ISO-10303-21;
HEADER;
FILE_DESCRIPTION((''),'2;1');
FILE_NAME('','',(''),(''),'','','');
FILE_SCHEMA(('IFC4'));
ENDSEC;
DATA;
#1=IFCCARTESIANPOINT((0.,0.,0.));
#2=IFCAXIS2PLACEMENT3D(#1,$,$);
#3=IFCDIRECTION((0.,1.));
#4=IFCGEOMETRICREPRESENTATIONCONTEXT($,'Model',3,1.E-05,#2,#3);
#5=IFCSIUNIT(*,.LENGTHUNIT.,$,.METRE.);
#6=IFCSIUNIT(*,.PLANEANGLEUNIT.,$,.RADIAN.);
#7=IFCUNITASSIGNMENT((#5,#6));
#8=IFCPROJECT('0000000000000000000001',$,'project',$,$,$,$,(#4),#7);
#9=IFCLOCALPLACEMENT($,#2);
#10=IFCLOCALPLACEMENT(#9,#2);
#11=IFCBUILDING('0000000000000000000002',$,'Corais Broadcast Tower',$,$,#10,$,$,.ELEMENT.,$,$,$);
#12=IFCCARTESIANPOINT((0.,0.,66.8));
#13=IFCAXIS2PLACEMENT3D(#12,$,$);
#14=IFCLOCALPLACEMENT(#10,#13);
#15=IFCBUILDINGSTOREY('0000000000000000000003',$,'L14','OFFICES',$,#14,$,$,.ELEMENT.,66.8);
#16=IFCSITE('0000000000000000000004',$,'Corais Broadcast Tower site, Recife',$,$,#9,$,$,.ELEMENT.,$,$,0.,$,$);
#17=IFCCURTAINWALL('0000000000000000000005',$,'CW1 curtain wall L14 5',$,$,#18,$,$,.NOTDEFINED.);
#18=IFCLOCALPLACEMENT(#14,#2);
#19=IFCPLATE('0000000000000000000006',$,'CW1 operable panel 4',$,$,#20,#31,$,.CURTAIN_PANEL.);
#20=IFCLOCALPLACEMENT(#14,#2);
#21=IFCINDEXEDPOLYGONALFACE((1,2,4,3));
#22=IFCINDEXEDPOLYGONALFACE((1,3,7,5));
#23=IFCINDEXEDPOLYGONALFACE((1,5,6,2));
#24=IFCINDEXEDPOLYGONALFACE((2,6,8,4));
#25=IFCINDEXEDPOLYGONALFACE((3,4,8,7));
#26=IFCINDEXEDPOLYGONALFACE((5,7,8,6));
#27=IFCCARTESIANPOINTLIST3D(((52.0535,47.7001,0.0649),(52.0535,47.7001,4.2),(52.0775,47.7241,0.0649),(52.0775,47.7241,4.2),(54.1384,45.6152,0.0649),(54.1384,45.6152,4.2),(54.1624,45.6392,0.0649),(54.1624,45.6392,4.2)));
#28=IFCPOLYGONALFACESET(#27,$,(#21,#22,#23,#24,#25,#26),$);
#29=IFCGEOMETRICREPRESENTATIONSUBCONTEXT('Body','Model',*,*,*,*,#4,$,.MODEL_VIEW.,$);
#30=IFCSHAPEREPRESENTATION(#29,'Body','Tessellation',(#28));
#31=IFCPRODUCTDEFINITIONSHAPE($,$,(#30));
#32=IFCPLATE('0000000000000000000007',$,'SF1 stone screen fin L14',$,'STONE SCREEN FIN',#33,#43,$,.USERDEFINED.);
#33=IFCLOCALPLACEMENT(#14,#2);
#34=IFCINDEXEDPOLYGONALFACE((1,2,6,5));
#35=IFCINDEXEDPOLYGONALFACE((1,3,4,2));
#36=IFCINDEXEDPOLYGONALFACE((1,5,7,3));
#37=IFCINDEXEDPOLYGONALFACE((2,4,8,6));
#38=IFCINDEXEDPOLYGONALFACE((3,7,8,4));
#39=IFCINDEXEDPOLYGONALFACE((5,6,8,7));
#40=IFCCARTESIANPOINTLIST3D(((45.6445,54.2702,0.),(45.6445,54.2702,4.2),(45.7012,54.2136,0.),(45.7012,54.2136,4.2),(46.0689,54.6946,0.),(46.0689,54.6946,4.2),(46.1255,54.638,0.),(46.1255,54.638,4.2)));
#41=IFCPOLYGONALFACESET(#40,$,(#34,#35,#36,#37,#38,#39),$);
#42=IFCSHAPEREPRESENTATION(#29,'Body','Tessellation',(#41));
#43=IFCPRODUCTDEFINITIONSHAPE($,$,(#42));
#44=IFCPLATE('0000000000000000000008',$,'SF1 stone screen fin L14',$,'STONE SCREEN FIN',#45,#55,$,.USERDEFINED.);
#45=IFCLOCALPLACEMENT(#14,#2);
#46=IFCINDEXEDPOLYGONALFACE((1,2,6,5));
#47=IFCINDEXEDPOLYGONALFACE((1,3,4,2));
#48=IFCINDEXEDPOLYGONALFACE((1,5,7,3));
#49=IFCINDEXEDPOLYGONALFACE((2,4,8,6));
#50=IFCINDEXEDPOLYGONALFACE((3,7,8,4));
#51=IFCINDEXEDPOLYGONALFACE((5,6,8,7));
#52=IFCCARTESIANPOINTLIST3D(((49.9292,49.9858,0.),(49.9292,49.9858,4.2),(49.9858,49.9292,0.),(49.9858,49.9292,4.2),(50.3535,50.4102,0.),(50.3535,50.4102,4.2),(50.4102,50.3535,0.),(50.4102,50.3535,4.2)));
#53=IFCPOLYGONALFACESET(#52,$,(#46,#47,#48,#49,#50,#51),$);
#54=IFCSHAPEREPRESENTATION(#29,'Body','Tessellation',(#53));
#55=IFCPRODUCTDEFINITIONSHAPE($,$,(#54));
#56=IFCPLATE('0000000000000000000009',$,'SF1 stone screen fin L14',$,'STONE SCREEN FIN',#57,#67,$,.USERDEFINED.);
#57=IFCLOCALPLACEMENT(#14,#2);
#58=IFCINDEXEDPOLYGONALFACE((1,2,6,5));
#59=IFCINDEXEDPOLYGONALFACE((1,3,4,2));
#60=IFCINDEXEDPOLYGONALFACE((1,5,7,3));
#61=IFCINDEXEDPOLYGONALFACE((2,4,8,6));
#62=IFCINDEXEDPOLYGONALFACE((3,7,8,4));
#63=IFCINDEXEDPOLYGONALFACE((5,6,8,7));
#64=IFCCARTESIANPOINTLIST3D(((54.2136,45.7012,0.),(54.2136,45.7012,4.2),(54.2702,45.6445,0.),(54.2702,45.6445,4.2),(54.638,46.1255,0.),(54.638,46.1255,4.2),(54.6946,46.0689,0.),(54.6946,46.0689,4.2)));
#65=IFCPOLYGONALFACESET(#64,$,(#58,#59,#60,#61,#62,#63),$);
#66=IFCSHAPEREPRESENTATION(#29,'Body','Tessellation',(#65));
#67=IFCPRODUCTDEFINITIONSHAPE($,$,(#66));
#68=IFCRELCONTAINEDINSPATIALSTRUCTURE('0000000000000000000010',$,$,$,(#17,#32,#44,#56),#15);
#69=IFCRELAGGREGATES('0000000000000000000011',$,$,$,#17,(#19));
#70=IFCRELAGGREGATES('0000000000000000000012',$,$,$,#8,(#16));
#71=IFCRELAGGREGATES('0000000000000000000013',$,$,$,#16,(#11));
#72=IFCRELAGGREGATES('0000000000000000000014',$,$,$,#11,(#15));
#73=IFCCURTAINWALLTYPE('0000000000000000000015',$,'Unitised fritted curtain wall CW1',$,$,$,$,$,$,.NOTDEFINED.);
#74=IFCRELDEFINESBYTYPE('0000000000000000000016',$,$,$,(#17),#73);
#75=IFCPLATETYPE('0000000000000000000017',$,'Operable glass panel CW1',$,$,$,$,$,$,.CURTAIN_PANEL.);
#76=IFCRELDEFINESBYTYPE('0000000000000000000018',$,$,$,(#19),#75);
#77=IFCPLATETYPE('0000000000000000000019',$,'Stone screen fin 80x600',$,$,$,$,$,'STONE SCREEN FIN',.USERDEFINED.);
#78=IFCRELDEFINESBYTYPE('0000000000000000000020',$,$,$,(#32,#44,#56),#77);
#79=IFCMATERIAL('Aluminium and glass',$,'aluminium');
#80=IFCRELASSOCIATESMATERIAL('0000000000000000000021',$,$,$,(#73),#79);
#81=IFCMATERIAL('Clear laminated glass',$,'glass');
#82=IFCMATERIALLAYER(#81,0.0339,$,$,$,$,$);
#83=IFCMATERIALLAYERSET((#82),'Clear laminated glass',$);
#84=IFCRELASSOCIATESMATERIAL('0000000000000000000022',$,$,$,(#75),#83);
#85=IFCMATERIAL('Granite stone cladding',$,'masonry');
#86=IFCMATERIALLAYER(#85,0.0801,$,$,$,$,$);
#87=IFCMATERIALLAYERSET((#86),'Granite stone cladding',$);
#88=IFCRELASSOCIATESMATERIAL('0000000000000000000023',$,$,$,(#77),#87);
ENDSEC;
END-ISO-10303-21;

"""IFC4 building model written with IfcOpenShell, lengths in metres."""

from ifc_helpers import new_model, si_unit, direction, frame, origin, origin_2d, place, context, subcontext, project, spatial, rectangle, extrude, material, layer, layer_set, type_object, element, aggregate, save


model = new_model("IFC4")

# Units and contexts
model_context = context("Model", 3, precision=1e-05, world=origin(), true_north=direction((0.0, 1.0)))
body_context = subcontext(model_context, "Body", "Model", "MODEL_VIEW")
ifc_project = project(units=[si_unit("LENGTHUNIT", "METRE"), si_unit("PLANEANGLEUNIT", "RADIAN")], contexts=[model_context])

# Site, building, storey
site_placement = place(None, origin())
site = spatial("IfcSite", under=ifc_project, at=site_placement, Name="Corais Broadcast Tower site, Recife", CompositionType="ELEMENT", RefElevation=0.0)
building_placement = place(site_placement, origin())
building = spatial("IfcBuilding", under=site, at=building_placement, Name="Corais Broadcast Tower", CompositionType="ELEMENT")
storey_placement = place(building_placement, frame((0.0, 0.0, 66.8)))
storey = spatial("IfcBuildingStorey", under=building, at=storey_placement, Name="L14", Description="OFFICES", CompositionType="ELEMENT", Elevation=66.8)

# Shared definitions
ifc_material_1 = material(Name="Aluminium and glass", Category="aluminium")
curtain_wall_type = type_object("IfcCurtainWallType", Name="Unitised fritted curtain wall CW1", PredefinedType="NOTDEFINED", material=ifc_material_1)

# Curtain wall
curtain_wall_1_placement = place(storey_placement, origin())
curtain_wall_1 = element("IfcCurtainWall", 1, at=curtain_wall_1_placement, inside=storey, type_object=curtain_wall_type, Name="CW1 curtain wall L14 5", PredefinedType="NOTDEFINED")

# Plate
ifc_material_2 = material(Name="Clear laminated glass", Category="glass")
ifc_layer_1 = layer(ifc_material_2, 0.0339)
ifc_layer_set_1 = layer_set([ifc_layer_1], Name="Clear laminated glass")
plate_type_1 = type_object("IfcPlateType", Name="Operable glass panel CW1", PredefinedType="CURTAIN_PANEL", material=ifc_layer_set_1)
plate_1_placement = place(storey_placement, frame((53.1079, 46.6697, 0.0649), z_axis=(0.0, 0.0, 1.0), x_axis=(0.707107, -0.707107, 0.0)))
plate_1 = element("IfcPlate", 2, at=plate_1_placement, type_object=plate_type_1, Name="CW1 operable panel 4", PredefinedType="CURTAIN_PANEL", context=body_context, shape_type="SweptSolid", body=[
    extrude(rectangle(XDim=2.9485, YDim=0.0339, at=origin_2d()), origin(), (0.0, 0.0, 1.0), 4.135),
])
aggregate(curtain_wall_1, [plate_1])

# Plates
ifc_material_3 = material(Name="Granite stone cladding", Category="masonry")
ifc_layer_2 = layer(ifc_material_3, 0.0801)
ifc_layer_set_2 = layer_set([ifc_layer_2], Name="Granite stone cladding")
plate_type_2 = type_object("IfcPlateType", Name="Stone screen fin 80x600", ElementType="STONE SCREEN FIN", PredefinedType="USERDEFINED", material=ifc_layer_set_2)
for number, where, z_axis, x_axis, name in (
    (3, (45.885, 54.4541, 0.0), (0.0, 0.0, 1.0), (0.707107, -0.707107, 0.0), "SF1 stone screen fin L14"),
    (4, (50.1697, 50.1697, 0.0), (0.0, 0.0, 1.0), (0.707107, -0.707107, 0.0), "SF1 stone screen fin L14"),
    (5, (54.4541, 45.885, 0.0), (0.0, 0.0, 1.0), (0.707107, -0.707107, 0.0), "SF1 stone screen fin L14"),
):
    element("IfcPlate", number, at=place(storey_placement, frame(where, z_axis=z_axis, x_axis=x_axis)), inside=storey, type_object=plate_type_2, Name=name, ObjectType="STONE SCREEN FIN", PredefinedType="USERDEFINED", context=body_context, shape_type="SweptSolid", body=[
        extrude(rectangle(XDim=0.0801, YDim=0.6001, at=origin_2d()), origin(), (0.0, 0.0, 1.0), 4.2),
    ])

save(model, "model.ifc")
